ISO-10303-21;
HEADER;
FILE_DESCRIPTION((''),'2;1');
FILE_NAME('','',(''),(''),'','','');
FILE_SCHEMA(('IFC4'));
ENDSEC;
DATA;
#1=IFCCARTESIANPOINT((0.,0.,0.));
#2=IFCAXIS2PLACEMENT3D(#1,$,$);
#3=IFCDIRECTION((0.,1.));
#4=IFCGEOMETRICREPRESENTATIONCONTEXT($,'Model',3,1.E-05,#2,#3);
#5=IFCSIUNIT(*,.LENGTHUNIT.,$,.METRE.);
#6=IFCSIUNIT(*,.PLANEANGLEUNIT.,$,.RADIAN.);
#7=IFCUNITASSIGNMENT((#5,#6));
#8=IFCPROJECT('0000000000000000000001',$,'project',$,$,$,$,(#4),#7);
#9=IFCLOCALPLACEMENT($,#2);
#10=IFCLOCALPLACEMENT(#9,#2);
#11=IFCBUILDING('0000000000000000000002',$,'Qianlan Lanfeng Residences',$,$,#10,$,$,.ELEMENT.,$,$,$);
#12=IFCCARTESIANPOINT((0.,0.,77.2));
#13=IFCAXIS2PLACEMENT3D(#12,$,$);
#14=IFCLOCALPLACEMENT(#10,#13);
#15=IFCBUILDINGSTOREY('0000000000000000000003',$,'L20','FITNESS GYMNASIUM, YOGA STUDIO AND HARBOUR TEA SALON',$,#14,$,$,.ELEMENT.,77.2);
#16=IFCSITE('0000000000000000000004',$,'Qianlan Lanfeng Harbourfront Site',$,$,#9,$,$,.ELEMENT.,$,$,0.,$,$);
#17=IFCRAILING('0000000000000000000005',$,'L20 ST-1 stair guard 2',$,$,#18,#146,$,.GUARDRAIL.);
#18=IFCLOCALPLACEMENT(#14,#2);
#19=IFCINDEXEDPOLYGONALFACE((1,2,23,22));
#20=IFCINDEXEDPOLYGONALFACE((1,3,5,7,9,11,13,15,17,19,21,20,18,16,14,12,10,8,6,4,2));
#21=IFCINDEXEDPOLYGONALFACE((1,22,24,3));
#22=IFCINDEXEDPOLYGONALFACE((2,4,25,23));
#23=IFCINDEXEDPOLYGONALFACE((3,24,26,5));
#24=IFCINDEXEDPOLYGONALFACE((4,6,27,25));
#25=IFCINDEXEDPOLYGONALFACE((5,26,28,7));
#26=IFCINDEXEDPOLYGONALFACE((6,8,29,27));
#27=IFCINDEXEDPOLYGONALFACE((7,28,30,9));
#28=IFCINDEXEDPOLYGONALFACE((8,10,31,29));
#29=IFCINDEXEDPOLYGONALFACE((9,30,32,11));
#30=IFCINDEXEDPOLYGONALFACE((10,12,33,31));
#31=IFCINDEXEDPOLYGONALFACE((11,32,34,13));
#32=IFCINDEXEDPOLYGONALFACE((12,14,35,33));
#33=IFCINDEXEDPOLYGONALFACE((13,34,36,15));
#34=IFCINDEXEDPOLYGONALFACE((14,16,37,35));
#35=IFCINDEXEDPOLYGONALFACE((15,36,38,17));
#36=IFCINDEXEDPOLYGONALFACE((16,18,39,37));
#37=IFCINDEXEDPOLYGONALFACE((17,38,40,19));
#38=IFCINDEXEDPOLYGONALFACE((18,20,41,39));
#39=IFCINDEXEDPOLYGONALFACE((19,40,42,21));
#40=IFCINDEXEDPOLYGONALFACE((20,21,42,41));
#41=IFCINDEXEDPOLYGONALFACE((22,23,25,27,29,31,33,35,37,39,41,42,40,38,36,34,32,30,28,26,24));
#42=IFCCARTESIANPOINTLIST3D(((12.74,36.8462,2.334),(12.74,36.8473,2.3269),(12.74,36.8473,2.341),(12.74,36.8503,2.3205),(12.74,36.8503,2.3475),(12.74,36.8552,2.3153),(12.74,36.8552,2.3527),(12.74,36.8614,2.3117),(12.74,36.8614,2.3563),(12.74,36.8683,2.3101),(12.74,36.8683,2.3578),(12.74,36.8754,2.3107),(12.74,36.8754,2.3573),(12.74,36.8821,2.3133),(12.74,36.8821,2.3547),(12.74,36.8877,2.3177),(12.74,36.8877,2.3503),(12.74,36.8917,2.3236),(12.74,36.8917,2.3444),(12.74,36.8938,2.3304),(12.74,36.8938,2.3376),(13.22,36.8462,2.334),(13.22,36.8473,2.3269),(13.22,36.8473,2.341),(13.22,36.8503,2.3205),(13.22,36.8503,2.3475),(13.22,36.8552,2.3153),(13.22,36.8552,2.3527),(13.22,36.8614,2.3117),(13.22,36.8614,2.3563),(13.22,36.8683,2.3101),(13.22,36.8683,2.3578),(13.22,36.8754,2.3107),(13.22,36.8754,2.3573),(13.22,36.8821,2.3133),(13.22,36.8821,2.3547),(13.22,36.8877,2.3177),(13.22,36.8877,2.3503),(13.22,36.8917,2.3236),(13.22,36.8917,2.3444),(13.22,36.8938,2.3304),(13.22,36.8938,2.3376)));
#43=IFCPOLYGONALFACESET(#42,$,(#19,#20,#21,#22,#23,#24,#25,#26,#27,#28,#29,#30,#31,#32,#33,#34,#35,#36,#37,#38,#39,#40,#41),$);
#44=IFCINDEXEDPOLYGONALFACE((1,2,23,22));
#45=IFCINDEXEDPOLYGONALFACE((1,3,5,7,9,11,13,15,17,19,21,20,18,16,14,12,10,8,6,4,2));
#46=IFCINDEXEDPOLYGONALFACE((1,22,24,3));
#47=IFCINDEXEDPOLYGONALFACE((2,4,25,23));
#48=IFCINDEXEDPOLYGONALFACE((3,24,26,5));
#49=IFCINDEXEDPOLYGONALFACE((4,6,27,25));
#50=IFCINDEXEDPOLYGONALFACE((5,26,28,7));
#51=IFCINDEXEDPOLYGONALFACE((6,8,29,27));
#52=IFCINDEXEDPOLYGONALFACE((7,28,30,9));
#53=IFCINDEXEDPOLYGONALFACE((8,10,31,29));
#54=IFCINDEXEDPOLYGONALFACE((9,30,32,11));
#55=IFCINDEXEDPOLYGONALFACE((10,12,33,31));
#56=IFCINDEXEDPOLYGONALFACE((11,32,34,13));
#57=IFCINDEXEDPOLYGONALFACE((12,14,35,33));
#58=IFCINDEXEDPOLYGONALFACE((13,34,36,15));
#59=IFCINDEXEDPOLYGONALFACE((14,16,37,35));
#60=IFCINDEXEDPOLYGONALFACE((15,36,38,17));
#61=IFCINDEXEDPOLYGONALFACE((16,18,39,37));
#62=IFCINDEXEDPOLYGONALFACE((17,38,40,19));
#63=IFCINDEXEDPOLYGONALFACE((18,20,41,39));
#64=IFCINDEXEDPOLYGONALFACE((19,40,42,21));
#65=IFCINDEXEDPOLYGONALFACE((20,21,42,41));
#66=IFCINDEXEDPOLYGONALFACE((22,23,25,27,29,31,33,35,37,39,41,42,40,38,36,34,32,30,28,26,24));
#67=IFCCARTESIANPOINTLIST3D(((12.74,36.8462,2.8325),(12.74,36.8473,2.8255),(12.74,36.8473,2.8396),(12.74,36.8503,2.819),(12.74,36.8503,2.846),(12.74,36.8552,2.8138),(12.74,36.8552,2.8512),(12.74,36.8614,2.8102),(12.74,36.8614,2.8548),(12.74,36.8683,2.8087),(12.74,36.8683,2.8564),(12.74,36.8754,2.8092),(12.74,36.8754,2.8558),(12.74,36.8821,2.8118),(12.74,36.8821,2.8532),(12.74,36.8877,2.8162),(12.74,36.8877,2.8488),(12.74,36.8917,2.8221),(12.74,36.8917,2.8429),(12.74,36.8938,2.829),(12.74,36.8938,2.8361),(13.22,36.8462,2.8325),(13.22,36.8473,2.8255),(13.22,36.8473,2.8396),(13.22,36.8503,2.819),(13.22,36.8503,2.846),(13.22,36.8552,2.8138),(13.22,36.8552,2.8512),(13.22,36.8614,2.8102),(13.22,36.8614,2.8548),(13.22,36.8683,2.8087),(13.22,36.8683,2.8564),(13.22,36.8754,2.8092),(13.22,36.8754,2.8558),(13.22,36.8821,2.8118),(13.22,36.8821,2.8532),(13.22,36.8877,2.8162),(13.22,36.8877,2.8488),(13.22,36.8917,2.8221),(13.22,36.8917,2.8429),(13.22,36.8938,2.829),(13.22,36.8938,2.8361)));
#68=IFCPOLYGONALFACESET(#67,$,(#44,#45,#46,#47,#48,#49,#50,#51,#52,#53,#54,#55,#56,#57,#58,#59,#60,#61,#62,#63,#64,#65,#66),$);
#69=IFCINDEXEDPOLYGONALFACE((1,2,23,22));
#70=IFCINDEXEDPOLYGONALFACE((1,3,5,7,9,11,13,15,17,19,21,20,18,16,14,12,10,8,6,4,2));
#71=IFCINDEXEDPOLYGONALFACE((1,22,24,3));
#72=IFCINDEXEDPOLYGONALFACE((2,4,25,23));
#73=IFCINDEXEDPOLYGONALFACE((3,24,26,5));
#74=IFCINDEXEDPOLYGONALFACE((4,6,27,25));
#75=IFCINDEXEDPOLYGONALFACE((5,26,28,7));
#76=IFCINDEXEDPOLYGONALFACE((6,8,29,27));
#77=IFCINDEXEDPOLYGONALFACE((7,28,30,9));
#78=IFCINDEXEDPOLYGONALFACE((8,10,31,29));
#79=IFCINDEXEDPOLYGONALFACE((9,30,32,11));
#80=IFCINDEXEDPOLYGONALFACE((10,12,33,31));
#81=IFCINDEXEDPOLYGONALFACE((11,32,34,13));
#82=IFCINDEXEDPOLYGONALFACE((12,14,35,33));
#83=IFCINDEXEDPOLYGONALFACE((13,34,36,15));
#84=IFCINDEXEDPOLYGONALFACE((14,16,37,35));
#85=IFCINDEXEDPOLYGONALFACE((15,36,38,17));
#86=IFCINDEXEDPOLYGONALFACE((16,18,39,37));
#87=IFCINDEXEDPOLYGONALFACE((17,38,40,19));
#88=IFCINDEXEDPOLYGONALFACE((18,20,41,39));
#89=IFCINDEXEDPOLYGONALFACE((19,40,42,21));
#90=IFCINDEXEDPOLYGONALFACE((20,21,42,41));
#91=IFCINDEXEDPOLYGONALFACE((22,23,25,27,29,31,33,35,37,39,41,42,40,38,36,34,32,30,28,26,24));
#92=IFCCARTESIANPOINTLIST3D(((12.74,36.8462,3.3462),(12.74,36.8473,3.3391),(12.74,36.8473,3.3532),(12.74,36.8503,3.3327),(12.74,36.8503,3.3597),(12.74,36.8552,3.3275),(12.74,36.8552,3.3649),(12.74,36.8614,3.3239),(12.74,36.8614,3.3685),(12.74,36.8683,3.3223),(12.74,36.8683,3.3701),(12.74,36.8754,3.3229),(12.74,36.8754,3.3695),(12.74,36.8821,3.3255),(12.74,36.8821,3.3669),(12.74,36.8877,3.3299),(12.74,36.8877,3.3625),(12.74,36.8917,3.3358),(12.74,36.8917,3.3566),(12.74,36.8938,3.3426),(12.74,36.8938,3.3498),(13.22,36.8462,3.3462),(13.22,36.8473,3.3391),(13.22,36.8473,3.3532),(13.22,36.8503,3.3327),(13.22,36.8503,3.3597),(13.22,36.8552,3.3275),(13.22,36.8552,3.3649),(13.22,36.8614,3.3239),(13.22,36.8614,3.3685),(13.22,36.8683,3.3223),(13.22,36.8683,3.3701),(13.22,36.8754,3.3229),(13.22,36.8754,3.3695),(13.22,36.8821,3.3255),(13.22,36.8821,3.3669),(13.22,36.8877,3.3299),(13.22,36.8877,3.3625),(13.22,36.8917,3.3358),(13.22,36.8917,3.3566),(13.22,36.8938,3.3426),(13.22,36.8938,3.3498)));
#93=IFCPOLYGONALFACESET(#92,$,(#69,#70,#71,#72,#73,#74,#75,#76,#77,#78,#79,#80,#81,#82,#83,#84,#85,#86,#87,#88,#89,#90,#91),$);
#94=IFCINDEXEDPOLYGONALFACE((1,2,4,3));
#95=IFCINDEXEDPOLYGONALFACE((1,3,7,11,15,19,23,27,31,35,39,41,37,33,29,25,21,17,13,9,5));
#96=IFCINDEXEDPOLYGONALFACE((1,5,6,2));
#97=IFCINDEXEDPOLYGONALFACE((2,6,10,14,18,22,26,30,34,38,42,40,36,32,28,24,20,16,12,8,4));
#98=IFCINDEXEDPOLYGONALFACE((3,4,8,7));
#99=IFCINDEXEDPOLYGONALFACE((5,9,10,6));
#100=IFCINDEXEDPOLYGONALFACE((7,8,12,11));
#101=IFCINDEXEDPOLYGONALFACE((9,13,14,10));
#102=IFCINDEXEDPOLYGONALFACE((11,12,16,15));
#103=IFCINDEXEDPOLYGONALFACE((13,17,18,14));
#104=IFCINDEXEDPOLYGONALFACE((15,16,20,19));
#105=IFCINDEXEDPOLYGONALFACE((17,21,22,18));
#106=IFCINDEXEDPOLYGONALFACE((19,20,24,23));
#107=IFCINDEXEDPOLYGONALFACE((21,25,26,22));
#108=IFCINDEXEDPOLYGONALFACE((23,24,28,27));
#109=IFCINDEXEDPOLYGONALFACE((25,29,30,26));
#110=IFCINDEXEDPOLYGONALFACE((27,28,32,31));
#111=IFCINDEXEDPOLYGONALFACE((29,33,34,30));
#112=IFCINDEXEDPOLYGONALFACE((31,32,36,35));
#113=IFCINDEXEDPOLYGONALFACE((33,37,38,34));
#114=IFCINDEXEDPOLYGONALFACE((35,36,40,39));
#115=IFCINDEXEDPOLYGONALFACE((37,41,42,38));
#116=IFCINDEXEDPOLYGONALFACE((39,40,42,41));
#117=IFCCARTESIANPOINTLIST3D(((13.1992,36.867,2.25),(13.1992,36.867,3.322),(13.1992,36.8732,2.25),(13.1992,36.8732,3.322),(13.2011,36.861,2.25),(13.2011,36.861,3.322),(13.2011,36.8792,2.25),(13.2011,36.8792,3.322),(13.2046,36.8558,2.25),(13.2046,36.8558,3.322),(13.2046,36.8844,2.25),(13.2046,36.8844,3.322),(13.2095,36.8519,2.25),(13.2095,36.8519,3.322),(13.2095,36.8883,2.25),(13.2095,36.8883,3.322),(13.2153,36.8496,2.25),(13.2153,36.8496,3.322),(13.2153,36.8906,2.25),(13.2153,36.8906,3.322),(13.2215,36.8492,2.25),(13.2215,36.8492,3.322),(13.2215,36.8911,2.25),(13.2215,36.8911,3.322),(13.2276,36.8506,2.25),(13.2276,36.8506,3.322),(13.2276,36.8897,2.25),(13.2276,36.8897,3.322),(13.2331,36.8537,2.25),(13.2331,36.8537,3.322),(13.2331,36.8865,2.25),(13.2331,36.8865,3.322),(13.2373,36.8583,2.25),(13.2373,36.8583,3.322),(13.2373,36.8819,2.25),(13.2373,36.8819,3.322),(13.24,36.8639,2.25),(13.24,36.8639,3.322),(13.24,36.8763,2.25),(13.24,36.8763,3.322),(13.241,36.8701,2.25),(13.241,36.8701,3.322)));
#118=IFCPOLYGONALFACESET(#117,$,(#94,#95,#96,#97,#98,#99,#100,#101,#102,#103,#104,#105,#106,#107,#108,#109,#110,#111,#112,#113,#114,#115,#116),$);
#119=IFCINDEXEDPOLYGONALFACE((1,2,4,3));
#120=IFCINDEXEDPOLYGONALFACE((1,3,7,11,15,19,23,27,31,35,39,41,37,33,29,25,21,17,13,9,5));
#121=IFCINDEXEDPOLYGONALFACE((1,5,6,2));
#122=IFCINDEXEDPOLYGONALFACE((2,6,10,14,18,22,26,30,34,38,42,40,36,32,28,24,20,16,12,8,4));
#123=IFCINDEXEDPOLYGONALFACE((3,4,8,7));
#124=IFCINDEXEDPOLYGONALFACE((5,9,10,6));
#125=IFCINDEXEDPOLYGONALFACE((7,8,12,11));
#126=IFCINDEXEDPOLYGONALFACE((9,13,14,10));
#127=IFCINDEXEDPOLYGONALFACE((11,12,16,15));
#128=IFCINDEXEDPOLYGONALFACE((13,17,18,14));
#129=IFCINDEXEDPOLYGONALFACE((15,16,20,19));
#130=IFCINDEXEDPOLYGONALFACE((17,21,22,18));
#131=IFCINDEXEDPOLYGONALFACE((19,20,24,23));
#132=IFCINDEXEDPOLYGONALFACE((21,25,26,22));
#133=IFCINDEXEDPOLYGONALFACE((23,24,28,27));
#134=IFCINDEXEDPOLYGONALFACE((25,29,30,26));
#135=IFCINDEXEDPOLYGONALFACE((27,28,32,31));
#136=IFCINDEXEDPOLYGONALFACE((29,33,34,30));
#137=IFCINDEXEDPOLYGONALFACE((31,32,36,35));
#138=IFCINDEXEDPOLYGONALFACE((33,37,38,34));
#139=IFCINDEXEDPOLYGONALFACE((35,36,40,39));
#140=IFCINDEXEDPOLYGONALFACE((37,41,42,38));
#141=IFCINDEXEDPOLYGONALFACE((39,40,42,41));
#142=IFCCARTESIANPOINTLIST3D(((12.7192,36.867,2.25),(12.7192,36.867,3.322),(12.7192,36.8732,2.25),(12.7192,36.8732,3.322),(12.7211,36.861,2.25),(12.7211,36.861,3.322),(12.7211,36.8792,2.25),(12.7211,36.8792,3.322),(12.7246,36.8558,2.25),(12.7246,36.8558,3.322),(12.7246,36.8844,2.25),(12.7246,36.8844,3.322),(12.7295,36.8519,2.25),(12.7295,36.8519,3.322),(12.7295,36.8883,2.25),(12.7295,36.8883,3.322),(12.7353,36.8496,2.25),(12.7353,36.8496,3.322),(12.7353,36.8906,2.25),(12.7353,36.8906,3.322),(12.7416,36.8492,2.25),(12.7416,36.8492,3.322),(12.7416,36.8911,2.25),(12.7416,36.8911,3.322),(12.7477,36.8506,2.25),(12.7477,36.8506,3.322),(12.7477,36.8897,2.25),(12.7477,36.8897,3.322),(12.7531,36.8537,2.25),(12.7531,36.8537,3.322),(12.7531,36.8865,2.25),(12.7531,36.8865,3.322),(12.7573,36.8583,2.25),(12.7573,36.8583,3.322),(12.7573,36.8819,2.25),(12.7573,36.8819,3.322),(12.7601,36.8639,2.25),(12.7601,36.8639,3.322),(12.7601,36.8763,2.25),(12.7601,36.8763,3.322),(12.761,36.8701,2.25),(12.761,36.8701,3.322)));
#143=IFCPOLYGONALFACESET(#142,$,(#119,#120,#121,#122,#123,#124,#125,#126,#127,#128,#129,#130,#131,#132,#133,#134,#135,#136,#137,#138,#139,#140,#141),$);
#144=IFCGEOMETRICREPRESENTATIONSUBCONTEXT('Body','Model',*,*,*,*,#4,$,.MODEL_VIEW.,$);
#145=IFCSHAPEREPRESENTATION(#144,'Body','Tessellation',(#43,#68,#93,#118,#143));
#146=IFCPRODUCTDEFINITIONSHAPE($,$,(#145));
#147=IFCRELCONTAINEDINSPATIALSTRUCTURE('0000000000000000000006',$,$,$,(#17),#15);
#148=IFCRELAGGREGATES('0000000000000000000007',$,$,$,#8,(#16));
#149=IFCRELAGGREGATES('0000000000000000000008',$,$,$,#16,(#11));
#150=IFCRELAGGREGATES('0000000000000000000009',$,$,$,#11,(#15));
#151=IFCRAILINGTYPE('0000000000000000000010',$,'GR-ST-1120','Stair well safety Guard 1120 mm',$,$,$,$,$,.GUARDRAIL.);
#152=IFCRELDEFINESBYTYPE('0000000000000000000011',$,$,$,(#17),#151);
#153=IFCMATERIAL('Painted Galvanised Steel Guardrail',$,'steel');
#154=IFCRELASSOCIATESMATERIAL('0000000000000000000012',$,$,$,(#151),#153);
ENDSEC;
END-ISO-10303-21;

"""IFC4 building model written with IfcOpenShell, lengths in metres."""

from ifc_helpers import new_model, si_unit, direction, frame, origin, origin_2d, place, context, subcontext, project, spatial, circle, extrude, material, type_object, element, save


model = new_model("IFC4")

# Units and contexts
model_context = context("Model", 3, precision=1e-05, world=origin(), true_north=direction((0.0, 1.0)))
body_context = subcontext(model_context, "Body", "Model", "MODEL_VIEW")
ifc_project = project(units=[si_unit("LENGTHUNIT", "METRE"), si_unit("PLANEANGLEUNIT", "RADIAN")], contexts=[model_context])

# Site, building, storey
site_placement = place(None, origin())
site = spatial("IfcSite", under=ifc_project, at=site_placement, Name="Qianlan Lanfeng Harbourfront Site", CompositionType="ELEMENT", RefElevation=0.0)
building_placement = place(site_placement, origin())
building = spatial("IfcBuilding", under=site, at=building_placement, Name="Qianlan Lanfeng Residences", CompositionType="ELEMENT")
storey_placement = place(building_placement, frame((0.0, 0.0, 77.2)))
storey = spatial("IfcBuildingStorey", under=building, at=storey_placement, Name="L20", Description="FITNESS GYMNASIUM, YOGA STUDIO AND HARBOUR TEA SALON", CompositionType="ELEMENT", Elevation=77.2)

# Railing
ifc_material_1 = material(Name="Painted Galvanised Steel Guardrail", Category="steel")
railing_type_1 = type_object("IfcRailingType", Name="GR-ST-1120", Description="Stair well safety Guard 1120 mm", PredefinedType="GUARDRAIL", material=ifc_material_1)
railing_1_placement = place(storey_placement, frame((13.22, 36.8701, 2.25)))
element("IfcRailing", 1, at=railing_1_placement, inside=storey, type_object=railing_type_1, Name="L20 ST-1 stair guard 2", PredefinedType="GUARDRAIL", context=body_context, shape_type="SweptSolid", body=[
    extrude(circle(Radius=0.0239, at=origin_2d()), frame((0.0, 0.0, 0.084), z_axis=(-1.0, 0.0, 0.0), x_axis=(0.0, -1.0, 0.0)), (0.0, 0.0, 1.0), 0.48),
    extrude(circle(Radius=0.0239, at=origin_2d()), frame((0.0, 0.0, 0.5825), z_axis=(-1.0, 0.0, 0.0), x_axis=(0.0, -1.0, 0.0)), (0.0, 0.0, 1.0), 0.48),
    extrude(circle(Radius=0.0239, at=origin_2d()), frame((0.0, 0.0, 1.0962), z_axis=(-1.0, 0.0, 0.0), x_axis=(0.0, -1.0, 0.0)), (0.0, 0.0, 1.0), 0.48),
    extrude(circle(Radius=0.021, at=origin_2d()), origin(), (0.0, 0.0, 1.0), 1.072),
    extrude(circle(Radius=0.021, at=origin_2d()), frame((-0.48, 0.0, 0.0)), (0.0, 0.0, 1.0), 1.072),
])

save(model, "model.ifc")
